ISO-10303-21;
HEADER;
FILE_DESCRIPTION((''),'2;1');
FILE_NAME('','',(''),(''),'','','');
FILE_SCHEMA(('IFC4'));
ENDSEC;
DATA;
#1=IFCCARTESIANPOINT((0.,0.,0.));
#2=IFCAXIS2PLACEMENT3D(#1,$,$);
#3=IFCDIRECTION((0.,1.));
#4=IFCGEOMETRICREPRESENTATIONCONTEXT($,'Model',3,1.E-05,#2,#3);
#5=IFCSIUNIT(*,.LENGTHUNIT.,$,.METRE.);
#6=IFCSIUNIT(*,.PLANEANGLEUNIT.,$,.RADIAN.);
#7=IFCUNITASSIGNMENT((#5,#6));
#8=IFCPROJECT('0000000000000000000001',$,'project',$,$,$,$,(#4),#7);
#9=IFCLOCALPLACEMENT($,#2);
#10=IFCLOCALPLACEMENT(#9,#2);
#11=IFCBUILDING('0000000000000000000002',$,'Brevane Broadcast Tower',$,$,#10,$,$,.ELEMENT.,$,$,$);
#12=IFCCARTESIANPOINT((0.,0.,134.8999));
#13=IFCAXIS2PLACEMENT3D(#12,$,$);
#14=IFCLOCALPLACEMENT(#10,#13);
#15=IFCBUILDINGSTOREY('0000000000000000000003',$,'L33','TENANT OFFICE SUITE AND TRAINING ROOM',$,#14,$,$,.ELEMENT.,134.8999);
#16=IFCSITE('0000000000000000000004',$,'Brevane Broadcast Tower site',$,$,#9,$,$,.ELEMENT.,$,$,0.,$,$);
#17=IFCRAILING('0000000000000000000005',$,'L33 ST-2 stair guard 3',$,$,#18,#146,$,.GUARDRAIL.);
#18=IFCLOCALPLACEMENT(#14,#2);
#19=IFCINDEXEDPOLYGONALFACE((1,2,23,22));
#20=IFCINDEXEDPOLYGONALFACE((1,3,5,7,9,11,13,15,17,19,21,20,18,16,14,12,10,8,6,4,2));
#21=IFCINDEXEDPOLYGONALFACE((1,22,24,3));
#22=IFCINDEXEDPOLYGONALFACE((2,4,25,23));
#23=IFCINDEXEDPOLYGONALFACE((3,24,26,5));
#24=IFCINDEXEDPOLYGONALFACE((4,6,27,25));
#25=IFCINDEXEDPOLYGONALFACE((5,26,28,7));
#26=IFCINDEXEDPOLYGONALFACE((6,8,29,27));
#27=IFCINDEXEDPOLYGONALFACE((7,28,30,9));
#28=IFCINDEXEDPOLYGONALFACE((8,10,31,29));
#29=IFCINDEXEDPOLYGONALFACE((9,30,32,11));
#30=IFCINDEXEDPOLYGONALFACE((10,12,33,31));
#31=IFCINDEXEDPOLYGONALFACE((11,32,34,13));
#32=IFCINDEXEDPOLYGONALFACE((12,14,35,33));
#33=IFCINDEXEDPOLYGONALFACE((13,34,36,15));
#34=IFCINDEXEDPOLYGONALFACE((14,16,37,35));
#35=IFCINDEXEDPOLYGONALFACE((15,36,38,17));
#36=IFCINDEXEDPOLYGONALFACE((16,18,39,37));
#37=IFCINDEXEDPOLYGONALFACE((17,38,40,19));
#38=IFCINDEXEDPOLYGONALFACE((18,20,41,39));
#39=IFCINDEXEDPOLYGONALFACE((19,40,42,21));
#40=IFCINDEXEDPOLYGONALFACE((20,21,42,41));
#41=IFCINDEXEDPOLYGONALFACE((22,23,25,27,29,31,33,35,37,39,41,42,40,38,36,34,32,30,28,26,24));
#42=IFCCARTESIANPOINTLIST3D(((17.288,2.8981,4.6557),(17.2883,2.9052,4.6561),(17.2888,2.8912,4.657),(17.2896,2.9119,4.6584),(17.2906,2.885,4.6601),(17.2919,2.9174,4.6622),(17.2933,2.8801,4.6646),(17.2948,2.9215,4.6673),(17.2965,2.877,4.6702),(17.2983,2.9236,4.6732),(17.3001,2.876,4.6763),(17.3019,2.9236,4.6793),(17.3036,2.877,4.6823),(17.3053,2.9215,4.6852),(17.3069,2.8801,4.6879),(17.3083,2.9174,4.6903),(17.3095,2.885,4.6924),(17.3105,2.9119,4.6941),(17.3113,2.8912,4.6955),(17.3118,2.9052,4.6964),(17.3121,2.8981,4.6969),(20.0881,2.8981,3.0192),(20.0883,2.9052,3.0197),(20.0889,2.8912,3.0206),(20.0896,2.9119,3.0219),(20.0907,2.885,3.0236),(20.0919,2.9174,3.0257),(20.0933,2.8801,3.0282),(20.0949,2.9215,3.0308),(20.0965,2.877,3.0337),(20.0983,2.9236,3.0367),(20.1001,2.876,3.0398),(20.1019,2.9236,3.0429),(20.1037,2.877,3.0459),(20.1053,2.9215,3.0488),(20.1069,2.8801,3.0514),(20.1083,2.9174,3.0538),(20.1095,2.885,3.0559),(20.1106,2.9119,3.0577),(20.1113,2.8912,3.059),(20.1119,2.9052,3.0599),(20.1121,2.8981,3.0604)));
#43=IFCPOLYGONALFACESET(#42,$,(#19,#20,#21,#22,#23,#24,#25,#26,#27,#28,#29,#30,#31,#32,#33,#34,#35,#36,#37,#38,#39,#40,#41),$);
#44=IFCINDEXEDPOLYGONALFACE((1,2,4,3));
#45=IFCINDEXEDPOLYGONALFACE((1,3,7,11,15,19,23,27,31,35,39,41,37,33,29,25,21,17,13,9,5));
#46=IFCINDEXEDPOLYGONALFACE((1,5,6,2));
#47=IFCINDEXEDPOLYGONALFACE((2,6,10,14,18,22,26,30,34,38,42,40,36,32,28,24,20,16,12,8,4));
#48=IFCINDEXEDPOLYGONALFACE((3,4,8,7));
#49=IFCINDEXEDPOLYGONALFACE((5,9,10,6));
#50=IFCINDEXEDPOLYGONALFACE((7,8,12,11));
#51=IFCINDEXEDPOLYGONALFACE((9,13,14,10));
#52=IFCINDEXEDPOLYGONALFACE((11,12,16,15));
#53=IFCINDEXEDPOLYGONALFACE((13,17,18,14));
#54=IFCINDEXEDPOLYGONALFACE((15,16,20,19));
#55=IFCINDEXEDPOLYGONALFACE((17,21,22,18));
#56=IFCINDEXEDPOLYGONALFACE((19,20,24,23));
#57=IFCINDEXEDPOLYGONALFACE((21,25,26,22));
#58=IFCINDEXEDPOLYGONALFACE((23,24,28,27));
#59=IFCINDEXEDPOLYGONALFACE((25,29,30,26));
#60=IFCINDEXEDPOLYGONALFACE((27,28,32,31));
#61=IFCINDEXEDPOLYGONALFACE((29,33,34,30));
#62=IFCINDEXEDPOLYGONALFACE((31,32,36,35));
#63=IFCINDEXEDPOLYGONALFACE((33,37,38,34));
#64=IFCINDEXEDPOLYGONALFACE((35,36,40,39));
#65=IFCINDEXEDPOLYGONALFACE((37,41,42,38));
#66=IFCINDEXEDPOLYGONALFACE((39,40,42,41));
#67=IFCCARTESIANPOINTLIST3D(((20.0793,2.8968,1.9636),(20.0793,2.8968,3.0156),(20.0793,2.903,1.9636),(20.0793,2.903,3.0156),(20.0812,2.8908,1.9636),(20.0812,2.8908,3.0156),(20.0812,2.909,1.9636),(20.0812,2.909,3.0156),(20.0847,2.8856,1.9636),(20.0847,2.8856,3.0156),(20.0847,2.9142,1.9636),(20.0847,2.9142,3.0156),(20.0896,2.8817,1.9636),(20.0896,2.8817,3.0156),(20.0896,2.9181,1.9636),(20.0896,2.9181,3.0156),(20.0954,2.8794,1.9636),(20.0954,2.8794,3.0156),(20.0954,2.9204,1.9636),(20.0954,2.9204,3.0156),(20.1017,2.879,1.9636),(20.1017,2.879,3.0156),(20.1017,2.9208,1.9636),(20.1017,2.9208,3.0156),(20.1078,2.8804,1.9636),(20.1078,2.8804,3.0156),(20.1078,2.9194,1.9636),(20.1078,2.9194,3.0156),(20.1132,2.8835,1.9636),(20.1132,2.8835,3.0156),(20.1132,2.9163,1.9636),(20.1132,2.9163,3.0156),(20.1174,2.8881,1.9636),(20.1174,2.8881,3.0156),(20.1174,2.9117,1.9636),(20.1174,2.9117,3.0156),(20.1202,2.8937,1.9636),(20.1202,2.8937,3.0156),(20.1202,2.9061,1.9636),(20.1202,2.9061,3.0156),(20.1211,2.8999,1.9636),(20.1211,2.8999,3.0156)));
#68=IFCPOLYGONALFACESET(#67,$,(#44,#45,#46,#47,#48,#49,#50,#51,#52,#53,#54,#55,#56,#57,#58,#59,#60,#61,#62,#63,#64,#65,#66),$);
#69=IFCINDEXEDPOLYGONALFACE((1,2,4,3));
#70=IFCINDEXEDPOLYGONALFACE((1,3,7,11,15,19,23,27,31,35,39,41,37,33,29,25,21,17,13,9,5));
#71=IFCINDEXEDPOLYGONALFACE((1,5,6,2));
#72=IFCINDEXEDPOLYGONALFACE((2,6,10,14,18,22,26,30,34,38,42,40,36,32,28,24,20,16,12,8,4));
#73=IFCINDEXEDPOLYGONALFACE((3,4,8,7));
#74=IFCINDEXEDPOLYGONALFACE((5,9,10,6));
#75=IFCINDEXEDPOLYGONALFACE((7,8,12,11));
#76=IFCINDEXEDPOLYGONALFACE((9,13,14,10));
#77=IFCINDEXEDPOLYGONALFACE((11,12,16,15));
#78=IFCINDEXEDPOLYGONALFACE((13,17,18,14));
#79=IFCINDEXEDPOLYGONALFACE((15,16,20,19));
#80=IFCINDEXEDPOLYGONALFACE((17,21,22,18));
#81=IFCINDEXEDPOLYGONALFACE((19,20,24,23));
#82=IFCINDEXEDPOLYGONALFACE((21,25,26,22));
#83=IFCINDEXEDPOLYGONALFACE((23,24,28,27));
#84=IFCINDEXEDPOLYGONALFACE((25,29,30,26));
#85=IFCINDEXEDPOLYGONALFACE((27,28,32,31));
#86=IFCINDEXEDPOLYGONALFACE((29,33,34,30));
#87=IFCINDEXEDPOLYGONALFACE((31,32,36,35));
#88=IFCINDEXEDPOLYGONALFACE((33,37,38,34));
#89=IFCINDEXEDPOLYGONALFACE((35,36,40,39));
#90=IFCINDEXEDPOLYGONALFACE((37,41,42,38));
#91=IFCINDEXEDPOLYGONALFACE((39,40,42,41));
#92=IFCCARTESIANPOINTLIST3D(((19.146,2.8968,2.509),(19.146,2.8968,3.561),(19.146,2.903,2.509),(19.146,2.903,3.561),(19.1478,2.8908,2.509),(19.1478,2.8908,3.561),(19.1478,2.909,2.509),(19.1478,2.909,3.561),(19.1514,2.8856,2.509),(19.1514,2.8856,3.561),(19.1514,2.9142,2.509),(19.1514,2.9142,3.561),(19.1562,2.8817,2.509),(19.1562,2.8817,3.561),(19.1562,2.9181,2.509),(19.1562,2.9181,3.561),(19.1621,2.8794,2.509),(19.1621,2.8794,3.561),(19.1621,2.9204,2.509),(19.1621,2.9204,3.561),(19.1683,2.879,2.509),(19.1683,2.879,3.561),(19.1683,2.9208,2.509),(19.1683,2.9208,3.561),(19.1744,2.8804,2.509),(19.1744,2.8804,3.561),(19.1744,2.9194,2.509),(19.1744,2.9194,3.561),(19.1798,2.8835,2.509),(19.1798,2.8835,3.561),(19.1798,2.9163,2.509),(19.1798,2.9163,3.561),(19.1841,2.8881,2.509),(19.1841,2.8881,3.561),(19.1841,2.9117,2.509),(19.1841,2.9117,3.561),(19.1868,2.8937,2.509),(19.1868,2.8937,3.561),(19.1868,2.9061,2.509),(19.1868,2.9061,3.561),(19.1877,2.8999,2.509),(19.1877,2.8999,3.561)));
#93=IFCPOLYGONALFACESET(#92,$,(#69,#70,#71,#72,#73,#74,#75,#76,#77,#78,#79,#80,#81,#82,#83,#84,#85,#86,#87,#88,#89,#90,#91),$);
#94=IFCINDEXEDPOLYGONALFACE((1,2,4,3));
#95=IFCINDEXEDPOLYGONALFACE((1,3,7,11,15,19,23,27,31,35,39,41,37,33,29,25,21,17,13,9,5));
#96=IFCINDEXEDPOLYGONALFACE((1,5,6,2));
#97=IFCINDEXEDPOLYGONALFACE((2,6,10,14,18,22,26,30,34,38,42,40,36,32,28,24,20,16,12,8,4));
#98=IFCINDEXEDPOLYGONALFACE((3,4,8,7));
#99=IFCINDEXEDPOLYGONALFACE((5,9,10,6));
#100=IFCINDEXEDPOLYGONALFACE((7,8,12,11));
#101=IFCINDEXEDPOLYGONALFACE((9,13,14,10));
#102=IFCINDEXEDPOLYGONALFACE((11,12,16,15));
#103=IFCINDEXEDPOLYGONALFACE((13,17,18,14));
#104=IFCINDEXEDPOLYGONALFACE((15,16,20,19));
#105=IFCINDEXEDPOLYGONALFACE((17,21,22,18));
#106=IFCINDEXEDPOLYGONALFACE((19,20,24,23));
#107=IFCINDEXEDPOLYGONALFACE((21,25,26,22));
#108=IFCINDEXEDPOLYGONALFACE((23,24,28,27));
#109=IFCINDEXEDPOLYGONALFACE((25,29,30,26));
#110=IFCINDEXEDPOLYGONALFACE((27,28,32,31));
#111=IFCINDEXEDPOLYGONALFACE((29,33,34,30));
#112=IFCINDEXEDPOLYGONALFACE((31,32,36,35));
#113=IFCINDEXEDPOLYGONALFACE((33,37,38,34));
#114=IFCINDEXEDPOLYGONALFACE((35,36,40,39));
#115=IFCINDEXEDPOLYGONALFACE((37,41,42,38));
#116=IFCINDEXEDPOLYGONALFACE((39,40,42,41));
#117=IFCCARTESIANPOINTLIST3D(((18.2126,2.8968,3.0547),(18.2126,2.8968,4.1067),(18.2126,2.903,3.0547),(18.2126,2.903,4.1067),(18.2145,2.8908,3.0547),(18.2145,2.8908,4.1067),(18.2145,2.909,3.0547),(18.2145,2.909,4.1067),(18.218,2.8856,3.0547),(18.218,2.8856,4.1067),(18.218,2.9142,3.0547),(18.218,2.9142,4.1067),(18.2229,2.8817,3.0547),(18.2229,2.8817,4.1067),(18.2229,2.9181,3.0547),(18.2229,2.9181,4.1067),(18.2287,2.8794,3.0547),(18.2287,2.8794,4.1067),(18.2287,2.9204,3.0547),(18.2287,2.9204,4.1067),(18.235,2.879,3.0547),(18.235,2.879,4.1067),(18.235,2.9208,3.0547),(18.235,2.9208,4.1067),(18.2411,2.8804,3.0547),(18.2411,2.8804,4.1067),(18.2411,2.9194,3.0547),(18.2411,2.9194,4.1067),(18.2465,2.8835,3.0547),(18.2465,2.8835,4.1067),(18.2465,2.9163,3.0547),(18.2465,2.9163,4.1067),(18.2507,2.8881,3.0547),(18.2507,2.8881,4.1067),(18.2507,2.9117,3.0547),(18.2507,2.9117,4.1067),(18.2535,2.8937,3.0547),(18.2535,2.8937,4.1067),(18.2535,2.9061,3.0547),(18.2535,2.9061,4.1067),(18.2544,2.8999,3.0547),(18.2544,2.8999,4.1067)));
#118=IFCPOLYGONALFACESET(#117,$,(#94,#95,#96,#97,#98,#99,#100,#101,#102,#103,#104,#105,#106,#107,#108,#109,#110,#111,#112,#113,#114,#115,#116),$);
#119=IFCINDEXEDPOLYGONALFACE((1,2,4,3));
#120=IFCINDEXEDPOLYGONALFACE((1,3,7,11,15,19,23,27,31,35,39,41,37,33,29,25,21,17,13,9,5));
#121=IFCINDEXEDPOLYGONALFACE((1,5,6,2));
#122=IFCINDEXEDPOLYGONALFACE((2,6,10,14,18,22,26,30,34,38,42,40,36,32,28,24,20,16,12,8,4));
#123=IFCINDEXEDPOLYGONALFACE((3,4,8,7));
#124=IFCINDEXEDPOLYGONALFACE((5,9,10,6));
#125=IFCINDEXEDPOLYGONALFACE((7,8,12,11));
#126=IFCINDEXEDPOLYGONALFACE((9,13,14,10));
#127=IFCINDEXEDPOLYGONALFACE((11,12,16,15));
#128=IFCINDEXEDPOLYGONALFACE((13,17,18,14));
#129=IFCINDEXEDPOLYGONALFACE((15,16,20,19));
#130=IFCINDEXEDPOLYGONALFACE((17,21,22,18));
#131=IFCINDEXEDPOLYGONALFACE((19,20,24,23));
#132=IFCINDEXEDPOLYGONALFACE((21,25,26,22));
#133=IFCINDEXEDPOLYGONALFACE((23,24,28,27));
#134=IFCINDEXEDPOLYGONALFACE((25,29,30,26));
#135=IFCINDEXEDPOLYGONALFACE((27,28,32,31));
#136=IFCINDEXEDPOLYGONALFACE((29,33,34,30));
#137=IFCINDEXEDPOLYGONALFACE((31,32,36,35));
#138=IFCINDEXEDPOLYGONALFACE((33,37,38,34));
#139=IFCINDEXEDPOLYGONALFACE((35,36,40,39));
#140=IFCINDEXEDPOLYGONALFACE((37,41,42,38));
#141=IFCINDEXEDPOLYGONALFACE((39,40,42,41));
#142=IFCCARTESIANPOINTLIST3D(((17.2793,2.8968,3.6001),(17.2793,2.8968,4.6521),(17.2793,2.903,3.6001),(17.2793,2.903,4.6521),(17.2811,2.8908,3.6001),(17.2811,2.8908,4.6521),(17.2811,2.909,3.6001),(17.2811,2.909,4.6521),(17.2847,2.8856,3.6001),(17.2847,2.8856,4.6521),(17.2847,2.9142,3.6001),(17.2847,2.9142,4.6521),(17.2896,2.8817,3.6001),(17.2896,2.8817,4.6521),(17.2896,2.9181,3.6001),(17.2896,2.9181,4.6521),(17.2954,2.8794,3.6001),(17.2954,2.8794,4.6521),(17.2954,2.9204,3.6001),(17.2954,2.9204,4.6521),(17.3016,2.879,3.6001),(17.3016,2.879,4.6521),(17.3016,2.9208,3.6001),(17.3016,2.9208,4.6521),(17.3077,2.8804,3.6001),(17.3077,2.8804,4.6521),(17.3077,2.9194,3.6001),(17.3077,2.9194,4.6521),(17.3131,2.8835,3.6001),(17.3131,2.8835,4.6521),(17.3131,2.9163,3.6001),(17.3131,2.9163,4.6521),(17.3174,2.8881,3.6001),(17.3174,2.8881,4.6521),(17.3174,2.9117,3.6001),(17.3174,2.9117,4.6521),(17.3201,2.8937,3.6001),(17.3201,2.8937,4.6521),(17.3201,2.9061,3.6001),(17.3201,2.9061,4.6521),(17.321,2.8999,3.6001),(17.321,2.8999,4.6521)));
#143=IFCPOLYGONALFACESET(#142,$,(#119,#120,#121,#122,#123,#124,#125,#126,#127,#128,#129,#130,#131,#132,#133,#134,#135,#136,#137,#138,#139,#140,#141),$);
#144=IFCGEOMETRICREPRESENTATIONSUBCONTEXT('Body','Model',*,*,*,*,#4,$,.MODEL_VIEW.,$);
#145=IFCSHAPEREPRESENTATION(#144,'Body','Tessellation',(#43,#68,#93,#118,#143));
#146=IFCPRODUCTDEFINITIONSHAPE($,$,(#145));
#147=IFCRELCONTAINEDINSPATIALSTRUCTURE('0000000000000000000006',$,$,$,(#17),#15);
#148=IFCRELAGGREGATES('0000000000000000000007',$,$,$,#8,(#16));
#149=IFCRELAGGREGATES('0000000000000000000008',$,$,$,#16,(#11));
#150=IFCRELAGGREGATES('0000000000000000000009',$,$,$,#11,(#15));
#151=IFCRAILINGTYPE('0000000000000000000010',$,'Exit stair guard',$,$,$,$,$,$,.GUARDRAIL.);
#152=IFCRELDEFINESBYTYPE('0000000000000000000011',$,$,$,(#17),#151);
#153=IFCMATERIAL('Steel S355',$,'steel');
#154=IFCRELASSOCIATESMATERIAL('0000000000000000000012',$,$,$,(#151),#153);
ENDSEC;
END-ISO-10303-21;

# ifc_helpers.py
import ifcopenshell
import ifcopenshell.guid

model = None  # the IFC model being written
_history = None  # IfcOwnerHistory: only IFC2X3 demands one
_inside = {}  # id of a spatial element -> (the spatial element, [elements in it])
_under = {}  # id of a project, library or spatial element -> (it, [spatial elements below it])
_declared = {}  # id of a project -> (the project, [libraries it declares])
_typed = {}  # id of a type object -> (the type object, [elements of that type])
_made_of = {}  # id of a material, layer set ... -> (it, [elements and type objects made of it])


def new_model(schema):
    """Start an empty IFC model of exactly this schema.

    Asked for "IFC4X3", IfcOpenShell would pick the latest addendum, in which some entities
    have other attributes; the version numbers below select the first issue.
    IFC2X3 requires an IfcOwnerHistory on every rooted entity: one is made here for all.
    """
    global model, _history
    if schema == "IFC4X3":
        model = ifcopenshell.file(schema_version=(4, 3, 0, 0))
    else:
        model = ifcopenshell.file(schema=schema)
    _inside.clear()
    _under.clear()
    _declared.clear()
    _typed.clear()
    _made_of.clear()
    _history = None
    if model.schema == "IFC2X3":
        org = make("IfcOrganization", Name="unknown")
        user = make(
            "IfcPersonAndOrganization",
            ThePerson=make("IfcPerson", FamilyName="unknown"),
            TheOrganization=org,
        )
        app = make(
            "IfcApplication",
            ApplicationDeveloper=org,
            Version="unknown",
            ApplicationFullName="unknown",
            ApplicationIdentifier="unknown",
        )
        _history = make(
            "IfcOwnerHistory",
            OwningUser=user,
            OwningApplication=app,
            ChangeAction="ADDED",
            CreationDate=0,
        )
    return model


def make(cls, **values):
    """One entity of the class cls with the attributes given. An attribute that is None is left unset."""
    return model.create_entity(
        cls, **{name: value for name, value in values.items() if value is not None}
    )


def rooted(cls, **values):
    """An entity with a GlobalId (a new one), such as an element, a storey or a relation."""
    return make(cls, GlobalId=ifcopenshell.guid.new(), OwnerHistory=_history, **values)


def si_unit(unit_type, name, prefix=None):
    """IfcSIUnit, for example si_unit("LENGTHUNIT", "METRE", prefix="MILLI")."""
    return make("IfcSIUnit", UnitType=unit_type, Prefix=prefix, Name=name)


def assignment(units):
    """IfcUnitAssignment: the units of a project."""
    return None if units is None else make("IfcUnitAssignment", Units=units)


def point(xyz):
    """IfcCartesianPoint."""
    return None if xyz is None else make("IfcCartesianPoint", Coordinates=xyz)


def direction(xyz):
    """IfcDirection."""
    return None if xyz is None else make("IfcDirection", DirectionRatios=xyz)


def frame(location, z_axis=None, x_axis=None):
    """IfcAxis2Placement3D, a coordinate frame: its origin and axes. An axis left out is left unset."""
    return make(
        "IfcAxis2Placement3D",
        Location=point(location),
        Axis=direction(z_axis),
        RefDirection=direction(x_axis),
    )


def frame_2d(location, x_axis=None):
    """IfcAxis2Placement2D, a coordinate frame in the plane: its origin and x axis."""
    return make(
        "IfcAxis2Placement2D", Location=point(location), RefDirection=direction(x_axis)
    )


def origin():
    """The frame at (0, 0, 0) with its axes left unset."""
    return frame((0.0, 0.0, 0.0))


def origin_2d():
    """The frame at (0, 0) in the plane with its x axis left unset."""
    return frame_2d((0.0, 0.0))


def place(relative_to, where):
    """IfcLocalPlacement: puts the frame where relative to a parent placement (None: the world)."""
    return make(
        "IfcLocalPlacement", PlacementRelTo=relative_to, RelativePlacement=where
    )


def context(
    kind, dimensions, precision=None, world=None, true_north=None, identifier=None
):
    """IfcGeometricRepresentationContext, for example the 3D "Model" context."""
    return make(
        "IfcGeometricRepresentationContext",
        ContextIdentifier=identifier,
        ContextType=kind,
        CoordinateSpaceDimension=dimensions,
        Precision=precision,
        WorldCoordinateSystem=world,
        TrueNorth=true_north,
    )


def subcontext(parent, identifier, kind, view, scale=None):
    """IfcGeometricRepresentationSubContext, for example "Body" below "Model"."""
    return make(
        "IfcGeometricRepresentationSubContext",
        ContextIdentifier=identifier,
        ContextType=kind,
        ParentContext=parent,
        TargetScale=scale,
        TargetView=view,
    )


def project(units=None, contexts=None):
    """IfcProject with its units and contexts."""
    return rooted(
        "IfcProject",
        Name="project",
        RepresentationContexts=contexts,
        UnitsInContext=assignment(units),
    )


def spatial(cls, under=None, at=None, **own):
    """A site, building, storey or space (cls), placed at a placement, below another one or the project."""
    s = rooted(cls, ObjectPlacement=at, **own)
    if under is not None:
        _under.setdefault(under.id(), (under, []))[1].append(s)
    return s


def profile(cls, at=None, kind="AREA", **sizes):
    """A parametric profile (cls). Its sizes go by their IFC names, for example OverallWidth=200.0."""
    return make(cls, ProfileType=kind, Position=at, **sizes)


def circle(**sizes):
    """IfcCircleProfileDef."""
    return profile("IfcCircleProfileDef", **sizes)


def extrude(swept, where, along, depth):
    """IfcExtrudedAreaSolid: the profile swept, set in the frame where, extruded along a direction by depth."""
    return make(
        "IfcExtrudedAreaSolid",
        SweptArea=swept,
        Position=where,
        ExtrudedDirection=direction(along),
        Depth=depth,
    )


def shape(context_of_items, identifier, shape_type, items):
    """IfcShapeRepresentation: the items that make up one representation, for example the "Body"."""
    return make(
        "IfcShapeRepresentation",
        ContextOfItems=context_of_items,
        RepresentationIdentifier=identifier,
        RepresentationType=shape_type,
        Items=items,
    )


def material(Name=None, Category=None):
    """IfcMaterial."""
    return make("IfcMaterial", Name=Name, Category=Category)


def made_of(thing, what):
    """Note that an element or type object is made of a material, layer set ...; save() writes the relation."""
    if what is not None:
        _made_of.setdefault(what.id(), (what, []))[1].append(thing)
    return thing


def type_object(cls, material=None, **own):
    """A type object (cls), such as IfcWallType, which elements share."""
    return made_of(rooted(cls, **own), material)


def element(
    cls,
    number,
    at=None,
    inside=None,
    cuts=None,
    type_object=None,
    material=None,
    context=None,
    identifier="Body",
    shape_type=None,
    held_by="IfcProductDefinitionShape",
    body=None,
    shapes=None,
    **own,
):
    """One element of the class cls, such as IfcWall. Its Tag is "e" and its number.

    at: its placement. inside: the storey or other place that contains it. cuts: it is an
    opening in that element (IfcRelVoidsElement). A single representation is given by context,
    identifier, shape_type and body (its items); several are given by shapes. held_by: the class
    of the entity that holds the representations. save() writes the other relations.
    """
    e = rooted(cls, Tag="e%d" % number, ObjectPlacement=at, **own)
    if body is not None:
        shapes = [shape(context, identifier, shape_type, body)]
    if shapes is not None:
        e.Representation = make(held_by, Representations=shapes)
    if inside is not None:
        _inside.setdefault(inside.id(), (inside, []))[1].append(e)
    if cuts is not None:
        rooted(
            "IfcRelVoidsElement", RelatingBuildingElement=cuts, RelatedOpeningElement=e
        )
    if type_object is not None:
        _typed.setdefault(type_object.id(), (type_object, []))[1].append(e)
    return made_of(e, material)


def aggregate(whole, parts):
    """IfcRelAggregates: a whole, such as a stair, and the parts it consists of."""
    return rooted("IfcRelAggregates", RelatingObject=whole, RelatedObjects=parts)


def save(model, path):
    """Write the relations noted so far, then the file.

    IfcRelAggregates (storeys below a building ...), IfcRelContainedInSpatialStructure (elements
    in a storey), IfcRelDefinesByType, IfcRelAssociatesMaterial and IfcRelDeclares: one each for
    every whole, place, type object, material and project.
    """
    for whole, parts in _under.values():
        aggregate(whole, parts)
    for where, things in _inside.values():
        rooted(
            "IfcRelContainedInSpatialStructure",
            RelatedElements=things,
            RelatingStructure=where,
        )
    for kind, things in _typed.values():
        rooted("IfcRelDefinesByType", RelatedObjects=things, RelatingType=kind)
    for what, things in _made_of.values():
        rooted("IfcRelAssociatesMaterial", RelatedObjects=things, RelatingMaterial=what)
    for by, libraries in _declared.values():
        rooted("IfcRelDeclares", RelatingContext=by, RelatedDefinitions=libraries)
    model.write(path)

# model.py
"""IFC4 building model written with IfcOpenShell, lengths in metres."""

from ifc_helpers import new_model, si_unit, direction, frame, origin, origin_2d, place, context, subcontext, project, spatial, circle, extrude, material, type_object, element, save


model = new_model("IFC4")

# Units and contexts
model_context = context("Model", 3, precision=1e-05, world=origin(), true_north=direction((0.0, 1.0)))
body_context = subcontext(model_context, "Body", "Model", "MODEL_VIEW")
ifc_project = project(units=[si_unit("LENGTHUNIT", "METRE"), si_unit("PLANEANGLEUNIT", "RADIAN")], contexts=[model_context])

# Site, building, storey
site_placement = place(None, origin())
site = spatial("IfcSite", under=ifc_project, at=site_placement, Name="Brevane Broadcast Tower site", CompositionType="ELEMENT", RefElevation=0.0)
building_placement = place(site_placement, origin())
building = spatial("IfcBuilding", under=site, at=building_placement, Name="Brevane Broadcast Tower", CompositionType="ELEMENT")
storey_placement = place(building_placement, frame((0.0, 0.0, 134.8999)))
storey = spatial("IfcBuildingStorey", under=building, at=storey_placement, Name="L33", Description="TENANT OFFICE SUITE AND TRAINING ROOM", CompositionType="ELEMENT", Elevation=134.8999)

# Railing
ifc_material_1 = material(Name="Steel S355", Category="steel")
railing_type_1 = type_object("IfcRailingType", Name="Exit stair guard", PredefinedType="GUARDRAIL", material=ifc_material_1)
railing_1_placement = place(storey_placement, frame((20.1001, 2.8999, 1.9636)))
element("IfcRailing", 1, at=railing_1_placement, inside=storey, type_object=railing_type_1, Name="L33 ST-2 stair guard 3", PredefinedType="GUARDRAIL", context=body_context, shape_type="SweptSolid", body=[
    extrude(circle(Radius=0.0239, at=origin_2d()), frame((0.0, 0.0, 1.0762), z_axis=(-0.863361, 0.0, 0.504587), x_axis=(0.0, -1.0, 0.0)), (0.0, 0.0, 1.0), 3.2432),
    extrude(circle(Radius=0.021, at=origin_2d()), origin(), (0.0, 0.0, 1.0), 1.052),
    extrude(circle(Radius=0.021, at=origin_2d()), frame((-0.9333, 0.0, 0.5454)), (0.0, 0.0, 1.0), 1.052),
    extrude(circle(Radius=0.021, at=origin_2d()), frame((-1.8667, 0.0, 1.0911)), (0.0, 0.0, 1.0), 1.052),
    extrude(circle(Radius=0.021, at=origin_2d()), frame((-2.8, 0.0, 1.6365)), (0.0, 0.0, 1.0), 1.052),
])

save(model, "model.ifc")
